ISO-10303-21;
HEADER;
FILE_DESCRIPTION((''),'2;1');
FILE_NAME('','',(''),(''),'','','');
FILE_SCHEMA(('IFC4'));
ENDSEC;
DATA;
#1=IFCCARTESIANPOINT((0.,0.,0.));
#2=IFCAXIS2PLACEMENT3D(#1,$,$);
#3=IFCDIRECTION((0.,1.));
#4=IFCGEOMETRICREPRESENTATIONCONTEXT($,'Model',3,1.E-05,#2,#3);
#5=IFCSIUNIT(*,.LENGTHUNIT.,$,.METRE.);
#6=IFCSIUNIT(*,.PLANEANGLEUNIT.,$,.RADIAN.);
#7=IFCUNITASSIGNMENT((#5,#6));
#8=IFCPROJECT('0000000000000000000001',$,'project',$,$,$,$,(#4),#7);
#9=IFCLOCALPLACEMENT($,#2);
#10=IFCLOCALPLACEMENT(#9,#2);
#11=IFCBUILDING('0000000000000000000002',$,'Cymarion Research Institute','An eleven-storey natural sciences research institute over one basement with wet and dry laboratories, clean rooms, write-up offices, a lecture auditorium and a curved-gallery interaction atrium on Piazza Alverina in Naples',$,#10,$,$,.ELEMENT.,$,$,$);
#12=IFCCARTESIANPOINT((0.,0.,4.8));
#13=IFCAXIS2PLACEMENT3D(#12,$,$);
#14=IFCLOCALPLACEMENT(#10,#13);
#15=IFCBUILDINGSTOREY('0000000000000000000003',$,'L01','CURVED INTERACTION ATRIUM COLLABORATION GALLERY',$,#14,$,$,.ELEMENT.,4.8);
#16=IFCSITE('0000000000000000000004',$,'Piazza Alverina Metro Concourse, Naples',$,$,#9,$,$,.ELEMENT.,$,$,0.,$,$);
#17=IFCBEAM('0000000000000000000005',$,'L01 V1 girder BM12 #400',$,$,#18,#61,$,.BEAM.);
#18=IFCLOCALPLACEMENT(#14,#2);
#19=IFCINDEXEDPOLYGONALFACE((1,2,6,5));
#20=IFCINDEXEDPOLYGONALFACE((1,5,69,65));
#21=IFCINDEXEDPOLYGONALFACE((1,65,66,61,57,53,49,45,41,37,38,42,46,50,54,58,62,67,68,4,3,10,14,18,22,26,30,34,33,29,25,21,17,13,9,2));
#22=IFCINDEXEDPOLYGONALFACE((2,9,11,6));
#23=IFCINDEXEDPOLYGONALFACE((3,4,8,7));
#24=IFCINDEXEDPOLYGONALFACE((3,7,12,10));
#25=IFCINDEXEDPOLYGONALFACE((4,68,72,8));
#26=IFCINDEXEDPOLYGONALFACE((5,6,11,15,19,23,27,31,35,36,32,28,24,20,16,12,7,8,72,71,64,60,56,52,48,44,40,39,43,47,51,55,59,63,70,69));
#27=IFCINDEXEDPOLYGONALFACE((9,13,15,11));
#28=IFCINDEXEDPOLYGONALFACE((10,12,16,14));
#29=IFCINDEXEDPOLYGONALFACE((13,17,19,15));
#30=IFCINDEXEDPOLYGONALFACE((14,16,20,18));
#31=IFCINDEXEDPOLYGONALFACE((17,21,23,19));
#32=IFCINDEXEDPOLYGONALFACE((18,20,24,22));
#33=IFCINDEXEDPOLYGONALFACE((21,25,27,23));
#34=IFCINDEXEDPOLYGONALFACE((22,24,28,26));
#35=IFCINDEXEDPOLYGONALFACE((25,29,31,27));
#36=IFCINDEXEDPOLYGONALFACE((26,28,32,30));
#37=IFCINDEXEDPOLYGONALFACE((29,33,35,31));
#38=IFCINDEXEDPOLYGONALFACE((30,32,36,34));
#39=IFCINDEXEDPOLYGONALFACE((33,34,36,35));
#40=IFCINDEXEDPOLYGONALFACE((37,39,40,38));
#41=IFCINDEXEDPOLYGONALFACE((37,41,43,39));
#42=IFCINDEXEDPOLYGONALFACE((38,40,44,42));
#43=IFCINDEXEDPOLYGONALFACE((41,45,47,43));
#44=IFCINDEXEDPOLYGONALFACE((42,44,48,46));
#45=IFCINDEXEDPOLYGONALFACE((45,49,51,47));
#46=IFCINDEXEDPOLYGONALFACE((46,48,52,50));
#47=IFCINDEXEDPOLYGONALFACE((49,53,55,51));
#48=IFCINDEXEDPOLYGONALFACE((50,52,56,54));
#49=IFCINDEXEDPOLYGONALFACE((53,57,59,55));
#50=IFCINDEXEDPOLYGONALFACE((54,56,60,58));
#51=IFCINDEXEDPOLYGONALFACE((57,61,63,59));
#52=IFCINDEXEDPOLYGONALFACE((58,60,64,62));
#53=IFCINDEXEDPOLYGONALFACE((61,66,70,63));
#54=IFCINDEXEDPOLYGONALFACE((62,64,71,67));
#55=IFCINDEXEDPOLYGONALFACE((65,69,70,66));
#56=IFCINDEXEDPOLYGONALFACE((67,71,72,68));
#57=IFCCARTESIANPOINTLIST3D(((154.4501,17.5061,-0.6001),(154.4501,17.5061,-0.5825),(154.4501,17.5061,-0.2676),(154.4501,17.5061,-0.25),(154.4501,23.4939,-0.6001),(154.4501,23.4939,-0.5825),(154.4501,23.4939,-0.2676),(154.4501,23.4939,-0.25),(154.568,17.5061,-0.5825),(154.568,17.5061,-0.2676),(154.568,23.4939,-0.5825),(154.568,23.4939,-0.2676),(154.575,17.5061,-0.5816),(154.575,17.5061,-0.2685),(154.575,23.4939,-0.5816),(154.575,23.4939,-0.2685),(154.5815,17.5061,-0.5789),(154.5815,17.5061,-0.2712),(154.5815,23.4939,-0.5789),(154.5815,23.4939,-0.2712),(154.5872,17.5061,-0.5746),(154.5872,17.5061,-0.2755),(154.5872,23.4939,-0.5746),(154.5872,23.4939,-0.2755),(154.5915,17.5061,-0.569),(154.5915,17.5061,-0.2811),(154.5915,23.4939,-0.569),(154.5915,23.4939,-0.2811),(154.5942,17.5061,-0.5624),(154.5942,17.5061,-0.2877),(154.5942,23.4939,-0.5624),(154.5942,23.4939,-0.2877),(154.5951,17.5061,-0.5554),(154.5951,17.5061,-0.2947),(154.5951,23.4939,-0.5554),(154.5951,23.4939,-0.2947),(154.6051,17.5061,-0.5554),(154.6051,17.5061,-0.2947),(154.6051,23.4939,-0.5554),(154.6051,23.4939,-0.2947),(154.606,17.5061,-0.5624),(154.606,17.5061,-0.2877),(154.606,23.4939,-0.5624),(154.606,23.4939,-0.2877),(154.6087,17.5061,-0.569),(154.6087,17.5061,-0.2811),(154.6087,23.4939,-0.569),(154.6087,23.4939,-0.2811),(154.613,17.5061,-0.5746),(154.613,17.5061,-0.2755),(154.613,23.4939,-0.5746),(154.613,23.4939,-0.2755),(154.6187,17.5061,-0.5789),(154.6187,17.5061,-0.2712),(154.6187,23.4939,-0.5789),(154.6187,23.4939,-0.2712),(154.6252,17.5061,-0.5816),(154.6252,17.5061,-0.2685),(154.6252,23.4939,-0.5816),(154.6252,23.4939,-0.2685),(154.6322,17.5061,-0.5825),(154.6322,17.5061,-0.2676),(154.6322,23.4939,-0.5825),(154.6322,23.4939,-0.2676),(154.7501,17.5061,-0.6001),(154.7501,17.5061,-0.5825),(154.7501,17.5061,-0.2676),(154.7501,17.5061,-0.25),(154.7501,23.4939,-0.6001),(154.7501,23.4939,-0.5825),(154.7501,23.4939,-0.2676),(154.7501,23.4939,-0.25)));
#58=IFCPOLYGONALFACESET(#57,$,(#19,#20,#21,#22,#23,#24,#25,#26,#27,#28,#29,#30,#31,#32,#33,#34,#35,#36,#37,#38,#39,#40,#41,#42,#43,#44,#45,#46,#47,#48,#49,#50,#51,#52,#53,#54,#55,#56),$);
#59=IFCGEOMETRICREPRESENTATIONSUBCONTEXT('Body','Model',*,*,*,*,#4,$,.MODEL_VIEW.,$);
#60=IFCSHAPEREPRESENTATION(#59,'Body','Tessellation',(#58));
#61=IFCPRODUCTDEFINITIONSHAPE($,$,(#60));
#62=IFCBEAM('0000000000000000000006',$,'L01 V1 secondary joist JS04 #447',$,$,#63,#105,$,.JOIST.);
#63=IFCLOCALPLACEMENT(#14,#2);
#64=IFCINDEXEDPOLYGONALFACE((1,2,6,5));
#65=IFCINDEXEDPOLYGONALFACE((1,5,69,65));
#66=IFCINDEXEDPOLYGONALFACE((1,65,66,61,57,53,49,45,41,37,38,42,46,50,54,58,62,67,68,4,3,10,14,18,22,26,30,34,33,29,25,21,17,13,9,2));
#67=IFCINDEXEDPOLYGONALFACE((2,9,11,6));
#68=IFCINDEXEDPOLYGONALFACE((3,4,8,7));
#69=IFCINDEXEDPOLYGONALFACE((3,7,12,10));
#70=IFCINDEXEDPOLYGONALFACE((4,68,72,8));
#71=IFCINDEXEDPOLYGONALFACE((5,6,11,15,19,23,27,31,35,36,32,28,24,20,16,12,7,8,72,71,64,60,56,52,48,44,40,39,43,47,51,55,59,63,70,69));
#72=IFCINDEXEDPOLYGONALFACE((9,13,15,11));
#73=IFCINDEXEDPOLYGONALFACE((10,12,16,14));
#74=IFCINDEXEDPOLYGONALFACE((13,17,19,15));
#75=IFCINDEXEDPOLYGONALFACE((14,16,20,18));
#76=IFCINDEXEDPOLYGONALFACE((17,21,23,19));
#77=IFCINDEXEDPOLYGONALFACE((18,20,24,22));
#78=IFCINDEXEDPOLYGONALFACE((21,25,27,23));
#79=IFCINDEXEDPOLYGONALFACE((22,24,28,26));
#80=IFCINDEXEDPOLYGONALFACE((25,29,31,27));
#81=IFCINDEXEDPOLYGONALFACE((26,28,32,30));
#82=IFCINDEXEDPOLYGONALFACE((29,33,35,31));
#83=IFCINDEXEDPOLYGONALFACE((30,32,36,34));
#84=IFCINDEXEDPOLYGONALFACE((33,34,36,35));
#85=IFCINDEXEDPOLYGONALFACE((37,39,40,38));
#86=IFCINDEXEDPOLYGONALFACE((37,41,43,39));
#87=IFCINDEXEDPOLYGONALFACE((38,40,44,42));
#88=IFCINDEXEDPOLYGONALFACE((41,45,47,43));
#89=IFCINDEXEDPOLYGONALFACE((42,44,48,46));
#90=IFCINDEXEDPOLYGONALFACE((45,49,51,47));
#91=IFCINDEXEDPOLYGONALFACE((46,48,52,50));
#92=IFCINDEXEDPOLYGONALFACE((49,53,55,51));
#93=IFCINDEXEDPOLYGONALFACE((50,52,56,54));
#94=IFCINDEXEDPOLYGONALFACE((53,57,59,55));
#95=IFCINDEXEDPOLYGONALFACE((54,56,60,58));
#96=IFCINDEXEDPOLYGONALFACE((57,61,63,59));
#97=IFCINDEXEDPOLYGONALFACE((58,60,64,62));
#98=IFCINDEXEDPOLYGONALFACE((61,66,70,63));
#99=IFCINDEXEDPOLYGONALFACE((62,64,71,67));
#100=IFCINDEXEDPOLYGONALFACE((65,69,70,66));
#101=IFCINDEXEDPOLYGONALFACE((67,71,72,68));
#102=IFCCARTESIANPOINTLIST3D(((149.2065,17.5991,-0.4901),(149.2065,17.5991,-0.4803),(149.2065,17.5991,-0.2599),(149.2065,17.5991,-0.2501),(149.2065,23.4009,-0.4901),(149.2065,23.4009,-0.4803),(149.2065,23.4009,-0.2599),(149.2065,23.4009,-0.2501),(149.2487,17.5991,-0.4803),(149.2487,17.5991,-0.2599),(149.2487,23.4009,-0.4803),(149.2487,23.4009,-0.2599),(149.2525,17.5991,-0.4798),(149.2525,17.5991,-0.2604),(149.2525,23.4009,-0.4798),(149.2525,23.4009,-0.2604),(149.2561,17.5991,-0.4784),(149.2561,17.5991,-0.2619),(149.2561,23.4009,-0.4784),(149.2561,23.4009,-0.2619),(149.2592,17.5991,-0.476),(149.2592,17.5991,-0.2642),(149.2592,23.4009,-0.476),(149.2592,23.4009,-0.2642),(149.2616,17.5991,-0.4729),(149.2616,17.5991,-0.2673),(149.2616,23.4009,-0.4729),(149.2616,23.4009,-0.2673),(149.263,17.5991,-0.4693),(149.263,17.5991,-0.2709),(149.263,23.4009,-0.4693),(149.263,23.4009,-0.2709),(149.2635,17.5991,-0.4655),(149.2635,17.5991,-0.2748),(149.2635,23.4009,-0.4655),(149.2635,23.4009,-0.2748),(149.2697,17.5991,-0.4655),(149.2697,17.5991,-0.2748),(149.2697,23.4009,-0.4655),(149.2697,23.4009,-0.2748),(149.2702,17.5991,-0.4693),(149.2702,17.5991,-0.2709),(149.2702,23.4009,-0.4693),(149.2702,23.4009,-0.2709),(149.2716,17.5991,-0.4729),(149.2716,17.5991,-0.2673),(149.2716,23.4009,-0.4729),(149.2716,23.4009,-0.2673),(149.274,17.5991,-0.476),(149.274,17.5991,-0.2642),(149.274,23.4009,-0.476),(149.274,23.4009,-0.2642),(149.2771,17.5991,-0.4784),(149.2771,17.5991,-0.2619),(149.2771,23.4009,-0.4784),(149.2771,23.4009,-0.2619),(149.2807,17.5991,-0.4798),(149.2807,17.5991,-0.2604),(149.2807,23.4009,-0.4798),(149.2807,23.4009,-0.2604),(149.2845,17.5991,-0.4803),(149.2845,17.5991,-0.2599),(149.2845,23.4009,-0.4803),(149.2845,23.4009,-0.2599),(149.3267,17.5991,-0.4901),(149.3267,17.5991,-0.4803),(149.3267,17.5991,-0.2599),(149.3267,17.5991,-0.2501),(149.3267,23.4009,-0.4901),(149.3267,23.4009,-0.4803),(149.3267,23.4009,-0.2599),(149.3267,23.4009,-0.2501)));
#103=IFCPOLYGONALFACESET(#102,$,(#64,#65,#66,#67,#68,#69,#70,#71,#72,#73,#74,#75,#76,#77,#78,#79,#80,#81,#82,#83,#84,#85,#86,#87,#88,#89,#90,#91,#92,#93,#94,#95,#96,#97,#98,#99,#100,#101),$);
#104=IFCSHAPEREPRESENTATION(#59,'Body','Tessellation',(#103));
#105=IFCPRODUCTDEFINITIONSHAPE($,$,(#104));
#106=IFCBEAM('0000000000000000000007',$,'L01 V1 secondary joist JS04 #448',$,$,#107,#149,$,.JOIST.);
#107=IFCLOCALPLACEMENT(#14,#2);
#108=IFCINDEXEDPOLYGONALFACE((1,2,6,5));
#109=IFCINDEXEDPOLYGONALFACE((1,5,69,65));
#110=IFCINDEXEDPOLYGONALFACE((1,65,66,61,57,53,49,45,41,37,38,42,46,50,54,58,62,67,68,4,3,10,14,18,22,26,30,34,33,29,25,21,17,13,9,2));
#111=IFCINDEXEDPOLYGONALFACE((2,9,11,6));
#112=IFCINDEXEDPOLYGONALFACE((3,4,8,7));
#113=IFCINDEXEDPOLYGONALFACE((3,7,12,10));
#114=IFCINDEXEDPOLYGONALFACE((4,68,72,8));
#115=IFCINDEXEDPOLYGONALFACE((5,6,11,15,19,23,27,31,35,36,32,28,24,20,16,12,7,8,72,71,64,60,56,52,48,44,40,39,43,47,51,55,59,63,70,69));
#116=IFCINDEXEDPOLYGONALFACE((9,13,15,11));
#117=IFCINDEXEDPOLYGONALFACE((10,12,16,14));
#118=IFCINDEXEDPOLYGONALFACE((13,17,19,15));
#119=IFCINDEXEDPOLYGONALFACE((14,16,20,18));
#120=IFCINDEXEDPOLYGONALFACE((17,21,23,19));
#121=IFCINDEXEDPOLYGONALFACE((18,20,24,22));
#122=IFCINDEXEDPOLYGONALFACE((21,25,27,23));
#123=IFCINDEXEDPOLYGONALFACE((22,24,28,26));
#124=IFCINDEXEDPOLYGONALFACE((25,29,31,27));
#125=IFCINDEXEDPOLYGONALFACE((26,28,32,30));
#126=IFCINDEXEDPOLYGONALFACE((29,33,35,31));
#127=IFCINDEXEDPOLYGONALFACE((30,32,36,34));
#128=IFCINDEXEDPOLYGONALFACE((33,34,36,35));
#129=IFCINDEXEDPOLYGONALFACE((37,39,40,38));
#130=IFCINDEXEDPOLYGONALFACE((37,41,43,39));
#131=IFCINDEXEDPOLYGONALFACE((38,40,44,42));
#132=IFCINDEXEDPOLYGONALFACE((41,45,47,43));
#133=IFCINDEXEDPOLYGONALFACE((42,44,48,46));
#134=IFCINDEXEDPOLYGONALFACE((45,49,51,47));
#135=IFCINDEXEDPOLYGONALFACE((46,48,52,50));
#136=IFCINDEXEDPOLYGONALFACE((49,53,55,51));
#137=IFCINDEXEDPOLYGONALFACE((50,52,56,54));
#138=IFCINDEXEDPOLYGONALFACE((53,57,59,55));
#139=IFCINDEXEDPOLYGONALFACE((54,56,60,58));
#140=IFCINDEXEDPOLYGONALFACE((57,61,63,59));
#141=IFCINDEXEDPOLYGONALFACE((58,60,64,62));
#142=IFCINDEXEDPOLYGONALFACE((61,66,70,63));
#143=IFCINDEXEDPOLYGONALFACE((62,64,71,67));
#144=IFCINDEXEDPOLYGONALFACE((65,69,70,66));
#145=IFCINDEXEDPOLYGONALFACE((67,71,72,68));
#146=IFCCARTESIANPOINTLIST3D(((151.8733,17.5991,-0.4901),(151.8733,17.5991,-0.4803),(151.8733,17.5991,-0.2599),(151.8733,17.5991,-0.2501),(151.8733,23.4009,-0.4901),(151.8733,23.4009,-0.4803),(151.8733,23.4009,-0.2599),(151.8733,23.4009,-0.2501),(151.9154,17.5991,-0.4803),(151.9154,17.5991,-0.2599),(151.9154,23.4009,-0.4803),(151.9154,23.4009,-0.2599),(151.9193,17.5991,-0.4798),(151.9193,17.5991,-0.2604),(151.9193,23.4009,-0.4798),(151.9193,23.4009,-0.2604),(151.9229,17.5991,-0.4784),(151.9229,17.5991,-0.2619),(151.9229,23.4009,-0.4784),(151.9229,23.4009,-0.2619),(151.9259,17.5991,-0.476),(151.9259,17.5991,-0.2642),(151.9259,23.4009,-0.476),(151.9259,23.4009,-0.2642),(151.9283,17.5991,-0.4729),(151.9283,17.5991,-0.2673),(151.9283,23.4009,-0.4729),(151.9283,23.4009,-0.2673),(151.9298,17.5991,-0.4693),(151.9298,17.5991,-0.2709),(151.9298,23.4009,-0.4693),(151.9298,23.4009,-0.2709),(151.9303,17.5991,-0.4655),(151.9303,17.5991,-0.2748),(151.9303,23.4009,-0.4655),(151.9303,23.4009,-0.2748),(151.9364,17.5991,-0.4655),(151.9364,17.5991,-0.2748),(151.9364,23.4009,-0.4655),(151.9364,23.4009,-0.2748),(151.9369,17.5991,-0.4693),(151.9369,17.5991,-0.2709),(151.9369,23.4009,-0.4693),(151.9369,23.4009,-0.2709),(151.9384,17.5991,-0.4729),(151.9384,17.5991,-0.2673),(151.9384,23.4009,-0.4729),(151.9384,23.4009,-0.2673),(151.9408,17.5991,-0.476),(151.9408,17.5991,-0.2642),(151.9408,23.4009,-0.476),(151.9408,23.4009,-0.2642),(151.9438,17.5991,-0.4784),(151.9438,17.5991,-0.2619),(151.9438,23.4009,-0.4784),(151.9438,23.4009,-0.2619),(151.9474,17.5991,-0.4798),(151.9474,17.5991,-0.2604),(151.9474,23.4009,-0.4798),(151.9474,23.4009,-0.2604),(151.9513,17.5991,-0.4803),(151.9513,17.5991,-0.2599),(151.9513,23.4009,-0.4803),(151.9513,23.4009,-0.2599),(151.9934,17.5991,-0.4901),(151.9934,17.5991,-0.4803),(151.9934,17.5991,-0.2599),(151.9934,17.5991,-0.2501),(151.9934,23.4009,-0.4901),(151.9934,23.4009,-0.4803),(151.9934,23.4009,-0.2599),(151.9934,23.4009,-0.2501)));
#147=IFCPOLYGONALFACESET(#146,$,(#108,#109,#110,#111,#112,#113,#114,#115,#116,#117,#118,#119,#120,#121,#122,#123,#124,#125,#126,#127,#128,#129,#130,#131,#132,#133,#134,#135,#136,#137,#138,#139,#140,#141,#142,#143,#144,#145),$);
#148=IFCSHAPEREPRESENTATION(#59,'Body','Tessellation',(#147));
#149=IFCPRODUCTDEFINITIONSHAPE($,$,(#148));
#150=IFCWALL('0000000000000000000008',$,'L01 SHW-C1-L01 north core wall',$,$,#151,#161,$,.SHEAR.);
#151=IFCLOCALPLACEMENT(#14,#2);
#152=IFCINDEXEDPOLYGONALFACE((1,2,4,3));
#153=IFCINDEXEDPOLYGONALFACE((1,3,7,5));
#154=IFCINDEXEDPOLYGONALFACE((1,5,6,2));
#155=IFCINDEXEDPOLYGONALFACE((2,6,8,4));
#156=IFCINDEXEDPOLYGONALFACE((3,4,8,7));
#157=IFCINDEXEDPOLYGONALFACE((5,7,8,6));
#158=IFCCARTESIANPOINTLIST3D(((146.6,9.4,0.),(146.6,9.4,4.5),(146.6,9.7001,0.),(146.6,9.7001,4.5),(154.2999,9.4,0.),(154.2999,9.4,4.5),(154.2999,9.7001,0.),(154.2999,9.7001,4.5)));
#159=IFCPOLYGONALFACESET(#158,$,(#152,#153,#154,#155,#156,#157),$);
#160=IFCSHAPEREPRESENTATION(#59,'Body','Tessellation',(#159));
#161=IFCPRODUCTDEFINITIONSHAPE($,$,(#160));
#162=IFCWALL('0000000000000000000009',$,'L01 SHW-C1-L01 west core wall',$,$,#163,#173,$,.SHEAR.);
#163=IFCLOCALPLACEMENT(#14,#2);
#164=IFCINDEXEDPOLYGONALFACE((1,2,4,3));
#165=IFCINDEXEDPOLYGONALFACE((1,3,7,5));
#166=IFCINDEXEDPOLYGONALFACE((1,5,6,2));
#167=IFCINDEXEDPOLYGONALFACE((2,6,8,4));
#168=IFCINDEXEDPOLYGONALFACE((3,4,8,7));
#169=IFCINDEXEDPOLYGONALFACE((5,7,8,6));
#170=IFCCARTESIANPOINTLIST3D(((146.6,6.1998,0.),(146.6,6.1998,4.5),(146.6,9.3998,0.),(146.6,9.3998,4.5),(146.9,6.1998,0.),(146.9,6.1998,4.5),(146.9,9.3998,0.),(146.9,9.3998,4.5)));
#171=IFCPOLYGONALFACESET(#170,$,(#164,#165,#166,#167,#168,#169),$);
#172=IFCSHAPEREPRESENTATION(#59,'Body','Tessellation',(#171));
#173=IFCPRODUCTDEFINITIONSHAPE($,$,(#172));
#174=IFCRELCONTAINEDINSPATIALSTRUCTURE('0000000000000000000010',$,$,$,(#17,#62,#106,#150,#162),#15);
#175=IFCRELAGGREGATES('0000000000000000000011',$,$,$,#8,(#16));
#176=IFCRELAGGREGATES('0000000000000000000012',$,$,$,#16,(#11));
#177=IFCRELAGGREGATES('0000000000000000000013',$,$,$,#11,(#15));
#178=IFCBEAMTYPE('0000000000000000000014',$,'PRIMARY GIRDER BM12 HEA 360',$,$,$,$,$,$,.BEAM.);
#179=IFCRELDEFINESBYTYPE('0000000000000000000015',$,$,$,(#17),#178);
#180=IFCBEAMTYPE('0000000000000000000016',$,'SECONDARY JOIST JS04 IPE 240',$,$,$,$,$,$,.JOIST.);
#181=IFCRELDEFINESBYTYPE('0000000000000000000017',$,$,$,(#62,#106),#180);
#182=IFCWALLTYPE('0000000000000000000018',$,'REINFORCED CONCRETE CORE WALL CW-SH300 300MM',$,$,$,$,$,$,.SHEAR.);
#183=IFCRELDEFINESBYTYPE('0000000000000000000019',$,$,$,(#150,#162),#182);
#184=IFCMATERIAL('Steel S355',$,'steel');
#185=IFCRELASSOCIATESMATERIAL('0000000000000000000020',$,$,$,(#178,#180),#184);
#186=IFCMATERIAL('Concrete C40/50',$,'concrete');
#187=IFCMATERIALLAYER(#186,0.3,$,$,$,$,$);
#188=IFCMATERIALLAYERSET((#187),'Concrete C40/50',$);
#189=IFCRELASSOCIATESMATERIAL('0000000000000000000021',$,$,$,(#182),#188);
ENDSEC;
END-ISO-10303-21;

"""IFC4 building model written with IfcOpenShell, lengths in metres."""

from ifc_helpers import new_model, si_unit, direction, frame, frame_2d, origin, origin_2d, place, context, subcontext, project, spatial, rectangle, i_section, extrude, material, layer, layer_set, material_profile, profile_set, type_object, element, save


model = new_model("IFC4")

# Units and contexts
model_context = context("Model", 3, precision=1e-05, world=origin(), true_north=direction((0.0, 1.0)))
body_context = subcontext(model_context, "Body", "Model", "MODEL_VIEW")
ifc_project = project(units=[si_unit("LENGTHUNIT", "METRE"), si_unit("PLANEANGLEUNIT", "RADIAN")], contexts=[model_context])

# Site, building, storey
site_placement = place(None, origin())
site = spatial("IfcSite", under=ifc_project, at=site_placement, Name="Piazza Alverina Metro Concourse, Naples", CompositionType="ELEMENT", RefElevation=0.0)
building_placement = place(site_placement, origin())
building = spatial("IfcBuilding", under=site, at=building_placement, Name="Cymarion Research Institute", Description="An eleven-storey natural sciences research institute over one basement with wet and dry laboratories, clean rooms, write-up offices, a lecture auditorium and a curved-gallery interaction atrium on Piazza Alverina in Naples", CompositionType="ELEMENT")
storey_placement = place(building_placement, frame((0.0, 0.0, 4.8)))
storey = spatial("IfcBuildingStorey", under=building, at=storey_placement, Name="L01", Description="CURVED INTERACTION ATRIUM COLLABORATION GALLERY", CompositionType="ELEMENT", Elevation=4.8)

# Shared definitions
ifc_material_1 = material(Name="Steel S355", Category="steel")

# Beams
ifc_material_profile_1 = material_profile(ifc_material_1, i_section(OverallWidth=0.3, OverallDepth=0.3501, WebThickness=0.01, FlangeThickness=0.0176, FilletRadius=0.0271, at=origin_2d()), Name="HEA 360")
ifc_profile_set_1 = profile_set([ifc_material_profile_1], Name="Steel S355")
beam_type_1 = type_object("IfcBeamType", Name="PRIMARY GIRDER BM12 HEA 360", PredefinedType="BEAM", material=ifc_profile_set_1)
beam_1_placement = place(storey_placement, frame((154.6001, 17.5061, -0.425), z_axis=(0.0, 1.0, 0.0), x_axis=(-1.0, 0.0, 0.0)))
element("IfcBeam", 1, at=beam_1_placement, inside=storey, type_object=beam_type_1, Name="L01 V1 girder BM12 #400", PredefinedType="BEAM", context=body_context, shape_type="SweptSolid", body=[
    extrude(i_section(OverallWidth=0.3, OverallDepth=0.3501, WebThickness=0.01, FlangeThickness=0.0176, FilletRadius=0.0271, at=origin_2d()), origin(), (0.0, 0.0, 1.0), 5.9878),
])
ifc_material_profile_2 = material_profile(ifc_material_1, i_section(OverallWidth=0.1201, OverallDepth=0.24, WebThickness=0.0061, FlangeThickness=0.0098, FilletRadius=0.0149, at=origin_2d()), Name="IPE 240")
ifc_profile_set_2 = profile_set([ifc_material_profile_2], Name="Steel S355")
beam_type_2 = type_object("IfcBeamType", Name="SECONDARY JOIST JS04 IPE 240", PredefinedType="JOIST", material=ifc_profile_set_2)
for number, where, z_axis, x_axis, name in (
    (2, (149.2666, 17.5991, -0.3701), (0.0, 1.0, 0.0), (-1.0, 0.0, 0.0), "L01 V1 secondary joist JS04 #447"),
    (3, (151.9333, 17.5991, -0.3701), (0.0, 1.0, 0.0), (-1.0, 0.0, 0.0), "L01 V1 secondary joist JS04 #448"),
):
    element("IfcBeam", number, at=place(storey_placement, frame(where, z_axis=z_axis, x_axis=x_axis)), inside=storey, type_object=beam_type_2, Name=name, PredefinedType="JOIST", context=body_context, shape_type="SweptSolid", body=[
        extrude(i_section(OverallWidth=0.1201, OverallDepth=0.24, WebThickness=0.0061, FlangeThickness=0.0098, FilletRadius=0.0149, at=origin_2d()), origin(), (0.0, 0.0, 1.0), 5.8018),
    ])

# Walls
ifc_material_2 = material(Name="Concrete C40/50", Category="concrete")
ifc_layer = layer(ifc_material_2, 0.3)
ifc_layer_set = layer_set([ifc_layer], Name="Concrete C40/50")
wall_type = type_object("IfcWallType", Name="REINFORCED CONCRETE CORE WALL CW-SH300 300MM", PredefinedType="SHEAR", material=ifc_layer_set)
wall_1_placement = place(storey_placement, frame((154.3, 9.55, 0.0), z_axis=(0.0, 0.0, 1.0), x_axis=(-1.0, 0.0, 0.0)))
element("IfcWall", 4, at=wall_1_placement, inside=storey, type_object=wall_type, Name="L01 SHW-C1-L01 north core wall", PredefinedType="SHEAR", context=body_context, shape_type="SweptSolid", body=[
    extrude(rectangle(XDim=7.7, YDim=0.3, at=frame_2d((3.8501, 0.0))), origin(), (0.0, 0.0, 1.0), 4.5),
])
wall_2_placement = place(storey_placement, frame((146.75, 9.3999, 0.0), z_axis=(0.0, 0.0, 1.0), x_axis=(0.0, -1.0, 0.0)))
element("IfcWall", 5, at=wall_2_placement, inside=storey, type_object=wall_type, Name="L01 SHW-C1-L01 west core wall", PredefinedType="SHEAR", context=body_context, shape_type="SweptSolid", body=[
    extrude(rectangle(XDim=3.2, YDim=0.3, at=frame_2d((1.6001, 0.0))), origin(), (0.0, 0.0, 1.0), 4.5),
])

save(model, "model.ifc")
